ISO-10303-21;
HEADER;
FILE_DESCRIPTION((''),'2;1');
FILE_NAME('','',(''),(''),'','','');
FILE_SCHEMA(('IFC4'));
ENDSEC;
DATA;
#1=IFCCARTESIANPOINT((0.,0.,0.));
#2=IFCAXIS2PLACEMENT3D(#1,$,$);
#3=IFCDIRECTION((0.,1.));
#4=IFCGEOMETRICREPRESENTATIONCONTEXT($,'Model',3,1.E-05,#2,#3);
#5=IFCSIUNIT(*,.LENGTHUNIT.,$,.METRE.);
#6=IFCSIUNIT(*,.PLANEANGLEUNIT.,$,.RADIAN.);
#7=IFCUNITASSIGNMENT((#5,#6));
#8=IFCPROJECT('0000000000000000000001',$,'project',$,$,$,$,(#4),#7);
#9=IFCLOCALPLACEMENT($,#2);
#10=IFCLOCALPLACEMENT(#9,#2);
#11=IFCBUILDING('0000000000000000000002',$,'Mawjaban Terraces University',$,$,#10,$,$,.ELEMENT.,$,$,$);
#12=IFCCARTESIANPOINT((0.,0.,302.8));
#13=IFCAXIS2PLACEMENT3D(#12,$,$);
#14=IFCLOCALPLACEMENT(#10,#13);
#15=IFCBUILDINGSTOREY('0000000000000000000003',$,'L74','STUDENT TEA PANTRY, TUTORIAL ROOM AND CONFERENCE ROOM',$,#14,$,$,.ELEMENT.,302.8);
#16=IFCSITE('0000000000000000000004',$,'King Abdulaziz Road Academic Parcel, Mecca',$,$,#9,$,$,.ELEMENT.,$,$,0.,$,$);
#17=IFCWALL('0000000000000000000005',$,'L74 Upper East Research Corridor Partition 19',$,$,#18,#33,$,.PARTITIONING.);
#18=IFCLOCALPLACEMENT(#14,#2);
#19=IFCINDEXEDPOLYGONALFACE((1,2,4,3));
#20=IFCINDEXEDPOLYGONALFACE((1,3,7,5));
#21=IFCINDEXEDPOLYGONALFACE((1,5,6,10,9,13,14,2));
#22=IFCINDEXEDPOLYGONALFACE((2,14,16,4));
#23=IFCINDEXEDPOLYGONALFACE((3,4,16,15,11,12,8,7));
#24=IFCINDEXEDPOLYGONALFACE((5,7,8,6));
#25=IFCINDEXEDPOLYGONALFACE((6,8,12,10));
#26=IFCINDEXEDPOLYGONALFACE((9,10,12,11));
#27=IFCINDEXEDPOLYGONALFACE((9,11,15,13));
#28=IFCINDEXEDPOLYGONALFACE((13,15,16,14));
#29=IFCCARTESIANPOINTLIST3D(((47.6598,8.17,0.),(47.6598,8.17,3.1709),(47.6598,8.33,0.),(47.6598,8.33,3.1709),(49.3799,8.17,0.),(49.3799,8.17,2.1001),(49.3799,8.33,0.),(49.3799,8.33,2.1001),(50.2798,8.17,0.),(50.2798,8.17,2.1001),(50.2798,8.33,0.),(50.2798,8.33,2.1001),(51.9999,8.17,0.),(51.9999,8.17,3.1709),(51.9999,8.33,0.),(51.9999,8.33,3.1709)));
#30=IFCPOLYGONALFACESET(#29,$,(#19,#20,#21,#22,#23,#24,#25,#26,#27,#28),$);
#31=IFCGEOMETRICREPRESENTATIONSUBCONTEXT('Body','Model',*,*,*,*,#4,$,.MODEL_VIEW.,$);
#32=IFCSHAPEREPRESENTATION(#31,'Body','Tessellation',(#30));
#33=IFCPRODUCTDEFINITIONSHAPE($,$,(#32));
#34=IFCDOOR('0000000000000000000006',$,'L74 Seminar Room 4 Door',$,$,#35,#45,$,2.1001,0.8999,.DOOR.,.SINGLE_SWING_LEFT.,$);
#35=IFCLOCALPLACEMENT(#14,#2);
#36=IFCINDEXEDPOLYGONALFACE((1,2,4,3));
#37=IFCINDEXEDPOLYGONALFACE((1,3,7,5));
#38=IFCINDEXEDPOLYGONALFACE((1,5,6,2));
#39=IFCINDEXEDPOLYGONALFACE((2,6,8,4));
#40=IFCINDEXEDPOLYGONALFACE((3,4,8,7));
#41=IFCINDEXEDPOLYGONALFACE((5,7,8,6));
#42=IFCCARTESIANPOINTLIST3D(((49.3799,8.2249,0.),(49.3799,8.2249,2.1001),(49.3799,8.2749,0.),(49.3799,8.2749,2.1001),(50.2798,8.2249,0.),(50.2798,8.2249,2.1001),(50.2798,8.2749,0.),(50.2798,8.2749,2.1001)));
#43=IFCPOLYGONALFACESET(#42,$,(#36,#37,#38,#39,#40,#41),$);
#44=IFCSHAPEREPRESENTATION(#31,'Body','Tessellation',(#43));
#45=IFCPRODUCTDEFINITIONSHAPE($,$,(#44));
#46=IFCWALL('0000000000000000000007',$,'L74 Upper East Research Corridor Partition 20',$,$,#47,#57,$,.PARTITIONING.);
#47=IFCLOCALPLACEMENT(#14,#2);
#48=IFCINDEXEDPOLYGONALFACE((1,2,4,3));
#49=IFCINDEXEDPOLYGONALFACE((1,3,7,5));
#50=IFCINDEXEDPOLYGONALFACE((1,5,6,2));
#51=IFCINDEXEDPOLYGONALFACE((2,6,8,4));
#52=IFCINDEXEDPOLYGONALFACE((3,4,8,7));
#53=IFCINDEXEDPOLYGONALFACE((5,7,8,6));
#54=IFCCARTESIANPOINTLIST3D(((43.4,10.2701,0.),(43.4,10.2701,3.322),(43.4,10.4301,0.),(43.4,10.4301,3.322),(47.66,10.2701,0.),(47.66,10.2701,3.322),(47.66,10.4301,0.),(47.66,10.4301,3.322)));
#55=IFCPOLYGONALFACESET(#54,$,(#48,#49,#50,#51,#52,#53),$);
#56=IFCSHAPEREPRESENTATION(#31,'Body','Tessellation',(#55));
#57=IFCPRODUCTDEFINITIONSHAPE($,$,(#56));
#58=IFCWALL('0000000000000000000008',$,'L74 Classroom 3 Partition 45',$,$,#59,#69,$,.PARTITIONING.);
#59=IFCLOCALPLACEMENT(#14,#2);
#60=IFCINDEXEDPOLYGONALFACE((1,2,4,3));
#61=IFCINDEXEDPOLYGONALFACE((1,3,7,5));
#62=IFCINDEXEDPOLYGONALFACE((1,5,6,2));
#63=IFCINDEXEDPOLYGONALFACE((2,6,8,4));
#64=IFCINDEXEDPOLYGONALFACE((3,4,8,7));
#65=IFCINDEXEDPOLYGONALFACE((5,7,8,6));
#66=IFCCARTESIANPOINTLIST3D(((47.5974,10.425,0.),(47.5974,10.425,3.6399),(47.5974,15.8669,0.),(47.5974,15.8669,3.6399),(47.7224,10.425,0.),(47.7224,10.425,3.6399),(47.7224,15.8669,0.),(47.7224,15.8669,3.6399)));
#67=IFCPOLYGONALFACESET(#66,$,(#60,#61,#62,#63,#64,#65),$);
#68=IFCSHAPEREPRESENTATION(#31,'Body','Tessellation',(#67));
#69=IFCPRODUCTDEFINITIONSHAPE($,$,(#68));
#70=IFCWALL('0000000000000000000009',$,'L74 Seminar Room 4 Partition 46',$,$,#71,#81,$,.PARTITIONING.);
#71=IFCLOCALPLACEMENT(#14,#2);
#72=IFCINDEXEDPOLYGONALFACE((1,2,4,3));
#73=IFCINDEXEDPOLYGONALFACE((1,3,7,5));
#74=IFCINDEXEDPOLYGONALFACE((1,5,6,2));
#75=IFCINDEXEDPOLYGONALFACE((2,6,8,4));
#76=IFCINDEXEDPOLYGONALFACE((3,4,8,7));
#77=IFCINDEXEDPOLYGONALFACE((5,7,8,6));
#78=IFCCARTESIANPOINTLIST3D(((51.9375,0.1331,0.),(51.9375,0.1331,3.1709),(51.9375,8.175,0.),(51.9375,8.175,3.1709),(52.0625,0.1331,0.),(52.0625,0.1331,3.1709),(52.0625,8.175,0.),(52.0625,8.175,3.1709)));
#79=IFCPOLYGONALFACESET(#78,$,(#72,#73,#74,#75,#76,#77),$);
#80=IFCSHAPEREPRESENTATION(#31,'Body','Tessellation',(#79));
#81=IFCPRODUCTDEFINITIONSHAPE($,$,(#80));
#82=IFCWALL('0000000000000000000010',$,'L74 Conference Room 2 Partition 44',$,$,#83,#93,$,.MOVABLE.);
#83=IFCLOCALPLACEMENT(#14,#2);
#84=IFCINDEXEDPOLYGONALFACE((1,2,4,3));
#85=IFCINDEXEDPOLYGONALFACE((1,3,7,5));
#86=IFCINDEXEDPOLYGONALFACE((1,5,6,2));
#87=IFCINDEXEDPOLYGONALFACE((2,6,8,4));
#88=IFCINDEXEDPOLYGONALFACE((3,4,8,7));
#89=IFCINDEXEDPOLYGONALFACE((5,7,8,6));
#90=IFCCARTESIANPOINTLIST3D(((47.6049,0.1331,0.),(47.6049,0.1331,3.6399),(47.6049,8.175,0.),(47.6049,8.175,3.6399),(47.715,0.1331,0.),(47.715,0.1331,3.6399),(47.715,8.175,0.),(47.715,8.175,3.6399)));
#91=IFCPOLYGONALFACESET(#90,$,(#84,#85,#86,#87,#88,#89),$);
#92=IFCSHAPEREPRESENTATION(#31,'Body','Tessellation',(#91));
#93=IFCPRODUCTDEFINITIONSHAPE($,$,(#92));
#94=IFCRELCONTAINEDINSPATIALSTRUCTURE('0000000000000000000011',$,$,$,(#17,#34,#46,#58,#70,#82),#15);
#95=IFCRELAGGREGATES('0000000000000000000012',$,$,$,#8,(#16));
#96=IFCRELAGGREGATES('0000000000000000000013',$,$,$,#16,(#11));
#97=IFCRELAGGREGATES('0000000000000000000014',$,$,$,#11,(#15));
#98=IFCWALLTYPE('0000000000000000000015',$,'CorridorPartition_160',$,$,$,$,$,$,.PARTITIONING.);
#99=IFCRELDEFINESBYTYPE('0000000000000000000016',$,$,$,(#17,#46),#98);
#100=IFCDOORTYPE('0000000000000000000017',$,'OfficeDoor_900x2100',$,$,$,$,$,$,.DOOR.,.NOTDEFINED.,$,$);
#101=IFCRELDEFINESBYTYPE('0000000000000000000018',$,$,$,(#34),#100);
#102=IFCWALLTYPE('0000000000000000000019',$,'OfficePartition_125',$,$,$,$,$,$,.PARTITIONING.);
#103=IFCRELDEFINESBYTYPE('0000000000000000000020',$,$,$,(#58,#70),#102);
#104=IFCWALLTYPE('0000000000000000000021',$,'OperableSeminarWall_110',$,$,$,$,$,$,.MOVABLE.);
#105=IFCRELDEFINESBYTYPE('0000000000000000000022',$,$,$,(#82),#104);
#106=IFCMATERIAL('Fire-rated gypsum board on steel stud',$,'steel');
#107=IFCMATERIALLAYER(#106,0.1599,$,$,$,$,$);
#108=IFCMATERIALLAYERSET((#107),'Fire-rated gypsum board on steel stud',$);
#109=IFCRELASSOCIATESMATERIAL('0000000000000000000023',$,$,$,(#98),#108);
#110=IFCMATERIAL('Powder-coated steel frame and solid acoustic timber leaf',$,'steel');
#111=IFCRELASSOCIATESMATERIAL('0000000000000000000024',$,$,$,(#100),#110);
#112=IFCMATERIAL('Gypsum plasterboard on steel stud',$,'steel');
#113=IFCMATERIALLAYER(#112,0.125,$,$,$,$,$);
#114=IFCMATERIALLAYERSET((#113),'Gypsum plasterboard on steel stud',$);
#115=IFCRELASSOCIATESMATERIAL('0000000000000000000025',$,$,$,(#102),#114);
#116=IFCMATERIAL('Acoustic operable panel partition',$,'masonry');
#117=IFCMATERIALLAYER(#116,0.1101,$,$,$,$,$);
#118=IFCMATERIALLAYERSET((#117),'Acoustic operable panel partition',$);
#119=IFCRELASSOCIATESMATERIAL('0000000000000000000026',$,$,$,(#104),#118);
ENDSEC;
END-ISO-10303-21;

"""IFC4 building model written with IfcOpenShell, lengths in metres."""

from ifc_helpers import new_model, si_unit, direction, frame, frame_2d, origin, place, context, subcontext, project, spatial, rectangle, extrude, material, layer, layer_set, type_object, element, fill, save


model = new_model("IFC4")

# Units and contexts
model_context = context("Model", 3, precision=1e-05, world=origin(), true_north=direction((0.0, 1.0)))
body_context = subcontext(model_context, "Body", "Model", "MODEL_VIEW")
ifc_project = project(units=[si_unit("LENGTHUNIT", "METRE"), si_unit("PLANEANGLEUNIT", "RADIAN")], contexts=[model_context])

# Site, building, storey
site_placement = place(None, origin())
site = spatial("IfcSite", under=ifc_project, at=site_placement, Name="King Abdulaziz Road Academic Parcel, Mecca", CompositionType="ELEMENT", RefElevation=0.0)
building_placement = place(site_placement, origin())
building = spatial("IfcBuilding", under=site, at=building_placement, Name="Mawjaban Terraces University", CompositionType="ELEMENT")
storey_placement = place(building_placement, frame((0.0, 0.0, 302.8)))
storey = spatial("IfcBuildingStorey", under=building, at=storey_placement, Name="L74", Description="STUDENT TEA PANTRY, TUTORIAL ROOM AND CONFERENCE ROOM", CompositionType="ELEMENT", Elevation=302.8)

# Wall, opening, door
ifc_material_1 = material(Name="Fire-rated gypsum board on steel stud", Category="steel")
ifc_layer_1 = layer(ifc_material_1, 0.1599)
ifc_layer_set_1 = layer_set([ifc_layer_1], Name="Fire-rated gypsum board on steel stud")
wall_type_1 = type_object("IfcWallType", Name="CorridorPartition_160", PredefinedType="PARTITIONING", material=ifc_layer_set_1)
wall_1_placement = place(storey_placement, frame((47.6599, 8.25, 0.0), z_axis=(0.0, 0.0, 1.0), x_axis=(1.0, 0.0, 0.0)))
wall_1 = element("IfcWall", 1, at=wall_1_placement, inside=storey, type_object=wall_type_1, Name="L74 Upper East Research Corridor Partition 19", PredefinedType="PARTITIONING", context=body_context, shape_type="SweptSolid", body=[
    extrude(rectangle(XDim=4.3401, YDim=0.1599, at=frame_2d((2.1699, 0.0))), origin(), (0.0, 0.0, 1.0), 3.1709),
])
opening_placement = place(wall_1_placement, frame((1.72, 0.0, 0.0)))
opening = element("IfcOpeningElement", 2, at=opening_placement, cuts=wall_1, PredefinedType="OPENING", context=body_context, shape_type="SweptSolid", body=[
    extrude(rectangle(XDim=0.8999, YDim=2.1001, at=frame_2d((0.45, 1.05))), frame((0.0, 0.0898, 0.0), z_axis=(0.0, -1.0, 0.0), x_axis=(1.0, 0.0, 0.0)), (0.0, 0.0, 1.0), 0.1799),
])
ifc_material_2 = material(Name="Powder-coated steel frame and solid acoustic timber leaf", Category="steel")
door_type = type_object("IfcDoorType", Name="OfficeDoor_900x2100", OperationType="NOTDEFINED", PredefinedType="DOOR", material=ifc_material_2)
door_placement = place(opening_placement, origin())
door = element("IfcDoor", 3, at=door_placement, inside=storey, type_object=door_type, Name="L74 Seminar Room 4 Door", OperationType="SINGLE_SWING_LEFT", OverallHeight=2.1001, OverallWidth=0.8999, PredefinedType="DOOR", context=body_context, shape_type="SweptSolid", body=[
    extrude(rectangle(XDim=0.8999, YDim=2.1001, at=frame_2d((0.45, 1.05))), frame((0.0, 0.0249, 0.0), z_axis=(0.0, -1.0, 0.0), x_axis=(1.0, 0.0, 0.0)), (0.0, 0.0, 1.0), 0.05),
])
fill(opening, door)

# Walls
wall_2_placement = place(storey_placement, frame((47.6599, 10.3501, 0.0), z_axis=(0.0, 0.0, 1.0), x_axis=(-1.0, 0.0, 0.0)))
element("IfcWall", 4, at=wall_2_placement, inside=storey, type_object=wall_type_1, Name="L74 Upper East Research Corridor Partition 20", PredefinedType="PARTITIONING", context=body_context, shape_type="SweptSolid", body=[
    extrude(rectangle(XDim=4.26, YDim=0.1599, at=frame_2d((2.1299, 0.0))), origin(), (0.0, 0.0, 1.0), 3.322),
])
ifc_material_3 = material(Name="Gypsum plasterboard on steel stud", Category="steel")
ifc_layer_2 = layer(ifc_material_3, 0.125)
ifc_layer_set_2 = layer_set([ifc_layer_2], Name="Gypsum plasterboard on steel stud")
wall_type_2 = type_object("IfcWallType", Name="OfficePartition_125", PredefinedType="PARTITIONING", material=ifc_layer_set_2)
wall_3_placement = place(storey_placement, frame((47.6599, 10.425, 0.0), z_axis=(0.0, 0.0, 1.0), x_axis=(0.0, 1.0, 0.0)))
element("IfcWall", 5, at=wall_3_placement, inside=storey, type_object=wall_type_2, Name="L74 Classroom 3 Partition 45", PredefinedType="PARTITIONING", context=body_context, shape_type="SweptSolid", body=[
    extrude(rectangle(XDim=5.4419, YDim=0.125, at=frame_2d((2.7209, 0.0))), origin(), (0.0, 0.0, 1.0), 3.6399),
])
wall_4_placement = place(storey_placement, frame((52.0, 0.1331, 0.0), z_axis=(0.0, 0.0, 1.0), x_axis=(0.0, 1.0, 0.0)))
element("IfcWall", 6, at=wall_4_placement, inside=storey, type_object=wall_type_2, Name="L74 Seminar Room 4 Partition 46", PredefinedType="PARTITIONING", context=body_context, shape_type="SweptSolid", body=[
    extrude(rectangle(XDim=8.042, YDim=0.125, at=frame_2d((4.021, 0.0))), origin(), (0.0, 0.0, 1.0), 3.1709),
])
ifc_material_4 = material(Name="Acoustic operable panel partition", Category="masonry")
ifc_layer_3 = layer(ifc_material_4, 0.1101)
ifc_layer_set_3 = layer_set([ifc_layer_3], Name="Acoustic operable panel partition")
wall_type_3 = type_object("IfcWallType", Name="OperableSeminarWall_110", PredefinedType="MOVABLE", material=ifc_layer_set_3)
wall_5_placement = place(storey_placement, frame((47.6599, 0.1331, 0.0), z_axis=(0.0, 0.0, 1.0), x_axis=(0.0, 1.0, 0.0)))
element("IfcWall", 7, at=wall_5_placement, inside=storey, type_object=wall_type_3, Name="L74 Conference Room 2 Partition 44", PredefinedType="MOVABLE", context=body_context, shape_type="SweptSolid", body=[
    extrude(rectangle(XDim=8.042, YDim=0.1101, at=frame_2d((4.021, 0.0))), origin(), (0.0, 0.0, 1.0), 3.6399),
])

save(model, "model.ifc")
